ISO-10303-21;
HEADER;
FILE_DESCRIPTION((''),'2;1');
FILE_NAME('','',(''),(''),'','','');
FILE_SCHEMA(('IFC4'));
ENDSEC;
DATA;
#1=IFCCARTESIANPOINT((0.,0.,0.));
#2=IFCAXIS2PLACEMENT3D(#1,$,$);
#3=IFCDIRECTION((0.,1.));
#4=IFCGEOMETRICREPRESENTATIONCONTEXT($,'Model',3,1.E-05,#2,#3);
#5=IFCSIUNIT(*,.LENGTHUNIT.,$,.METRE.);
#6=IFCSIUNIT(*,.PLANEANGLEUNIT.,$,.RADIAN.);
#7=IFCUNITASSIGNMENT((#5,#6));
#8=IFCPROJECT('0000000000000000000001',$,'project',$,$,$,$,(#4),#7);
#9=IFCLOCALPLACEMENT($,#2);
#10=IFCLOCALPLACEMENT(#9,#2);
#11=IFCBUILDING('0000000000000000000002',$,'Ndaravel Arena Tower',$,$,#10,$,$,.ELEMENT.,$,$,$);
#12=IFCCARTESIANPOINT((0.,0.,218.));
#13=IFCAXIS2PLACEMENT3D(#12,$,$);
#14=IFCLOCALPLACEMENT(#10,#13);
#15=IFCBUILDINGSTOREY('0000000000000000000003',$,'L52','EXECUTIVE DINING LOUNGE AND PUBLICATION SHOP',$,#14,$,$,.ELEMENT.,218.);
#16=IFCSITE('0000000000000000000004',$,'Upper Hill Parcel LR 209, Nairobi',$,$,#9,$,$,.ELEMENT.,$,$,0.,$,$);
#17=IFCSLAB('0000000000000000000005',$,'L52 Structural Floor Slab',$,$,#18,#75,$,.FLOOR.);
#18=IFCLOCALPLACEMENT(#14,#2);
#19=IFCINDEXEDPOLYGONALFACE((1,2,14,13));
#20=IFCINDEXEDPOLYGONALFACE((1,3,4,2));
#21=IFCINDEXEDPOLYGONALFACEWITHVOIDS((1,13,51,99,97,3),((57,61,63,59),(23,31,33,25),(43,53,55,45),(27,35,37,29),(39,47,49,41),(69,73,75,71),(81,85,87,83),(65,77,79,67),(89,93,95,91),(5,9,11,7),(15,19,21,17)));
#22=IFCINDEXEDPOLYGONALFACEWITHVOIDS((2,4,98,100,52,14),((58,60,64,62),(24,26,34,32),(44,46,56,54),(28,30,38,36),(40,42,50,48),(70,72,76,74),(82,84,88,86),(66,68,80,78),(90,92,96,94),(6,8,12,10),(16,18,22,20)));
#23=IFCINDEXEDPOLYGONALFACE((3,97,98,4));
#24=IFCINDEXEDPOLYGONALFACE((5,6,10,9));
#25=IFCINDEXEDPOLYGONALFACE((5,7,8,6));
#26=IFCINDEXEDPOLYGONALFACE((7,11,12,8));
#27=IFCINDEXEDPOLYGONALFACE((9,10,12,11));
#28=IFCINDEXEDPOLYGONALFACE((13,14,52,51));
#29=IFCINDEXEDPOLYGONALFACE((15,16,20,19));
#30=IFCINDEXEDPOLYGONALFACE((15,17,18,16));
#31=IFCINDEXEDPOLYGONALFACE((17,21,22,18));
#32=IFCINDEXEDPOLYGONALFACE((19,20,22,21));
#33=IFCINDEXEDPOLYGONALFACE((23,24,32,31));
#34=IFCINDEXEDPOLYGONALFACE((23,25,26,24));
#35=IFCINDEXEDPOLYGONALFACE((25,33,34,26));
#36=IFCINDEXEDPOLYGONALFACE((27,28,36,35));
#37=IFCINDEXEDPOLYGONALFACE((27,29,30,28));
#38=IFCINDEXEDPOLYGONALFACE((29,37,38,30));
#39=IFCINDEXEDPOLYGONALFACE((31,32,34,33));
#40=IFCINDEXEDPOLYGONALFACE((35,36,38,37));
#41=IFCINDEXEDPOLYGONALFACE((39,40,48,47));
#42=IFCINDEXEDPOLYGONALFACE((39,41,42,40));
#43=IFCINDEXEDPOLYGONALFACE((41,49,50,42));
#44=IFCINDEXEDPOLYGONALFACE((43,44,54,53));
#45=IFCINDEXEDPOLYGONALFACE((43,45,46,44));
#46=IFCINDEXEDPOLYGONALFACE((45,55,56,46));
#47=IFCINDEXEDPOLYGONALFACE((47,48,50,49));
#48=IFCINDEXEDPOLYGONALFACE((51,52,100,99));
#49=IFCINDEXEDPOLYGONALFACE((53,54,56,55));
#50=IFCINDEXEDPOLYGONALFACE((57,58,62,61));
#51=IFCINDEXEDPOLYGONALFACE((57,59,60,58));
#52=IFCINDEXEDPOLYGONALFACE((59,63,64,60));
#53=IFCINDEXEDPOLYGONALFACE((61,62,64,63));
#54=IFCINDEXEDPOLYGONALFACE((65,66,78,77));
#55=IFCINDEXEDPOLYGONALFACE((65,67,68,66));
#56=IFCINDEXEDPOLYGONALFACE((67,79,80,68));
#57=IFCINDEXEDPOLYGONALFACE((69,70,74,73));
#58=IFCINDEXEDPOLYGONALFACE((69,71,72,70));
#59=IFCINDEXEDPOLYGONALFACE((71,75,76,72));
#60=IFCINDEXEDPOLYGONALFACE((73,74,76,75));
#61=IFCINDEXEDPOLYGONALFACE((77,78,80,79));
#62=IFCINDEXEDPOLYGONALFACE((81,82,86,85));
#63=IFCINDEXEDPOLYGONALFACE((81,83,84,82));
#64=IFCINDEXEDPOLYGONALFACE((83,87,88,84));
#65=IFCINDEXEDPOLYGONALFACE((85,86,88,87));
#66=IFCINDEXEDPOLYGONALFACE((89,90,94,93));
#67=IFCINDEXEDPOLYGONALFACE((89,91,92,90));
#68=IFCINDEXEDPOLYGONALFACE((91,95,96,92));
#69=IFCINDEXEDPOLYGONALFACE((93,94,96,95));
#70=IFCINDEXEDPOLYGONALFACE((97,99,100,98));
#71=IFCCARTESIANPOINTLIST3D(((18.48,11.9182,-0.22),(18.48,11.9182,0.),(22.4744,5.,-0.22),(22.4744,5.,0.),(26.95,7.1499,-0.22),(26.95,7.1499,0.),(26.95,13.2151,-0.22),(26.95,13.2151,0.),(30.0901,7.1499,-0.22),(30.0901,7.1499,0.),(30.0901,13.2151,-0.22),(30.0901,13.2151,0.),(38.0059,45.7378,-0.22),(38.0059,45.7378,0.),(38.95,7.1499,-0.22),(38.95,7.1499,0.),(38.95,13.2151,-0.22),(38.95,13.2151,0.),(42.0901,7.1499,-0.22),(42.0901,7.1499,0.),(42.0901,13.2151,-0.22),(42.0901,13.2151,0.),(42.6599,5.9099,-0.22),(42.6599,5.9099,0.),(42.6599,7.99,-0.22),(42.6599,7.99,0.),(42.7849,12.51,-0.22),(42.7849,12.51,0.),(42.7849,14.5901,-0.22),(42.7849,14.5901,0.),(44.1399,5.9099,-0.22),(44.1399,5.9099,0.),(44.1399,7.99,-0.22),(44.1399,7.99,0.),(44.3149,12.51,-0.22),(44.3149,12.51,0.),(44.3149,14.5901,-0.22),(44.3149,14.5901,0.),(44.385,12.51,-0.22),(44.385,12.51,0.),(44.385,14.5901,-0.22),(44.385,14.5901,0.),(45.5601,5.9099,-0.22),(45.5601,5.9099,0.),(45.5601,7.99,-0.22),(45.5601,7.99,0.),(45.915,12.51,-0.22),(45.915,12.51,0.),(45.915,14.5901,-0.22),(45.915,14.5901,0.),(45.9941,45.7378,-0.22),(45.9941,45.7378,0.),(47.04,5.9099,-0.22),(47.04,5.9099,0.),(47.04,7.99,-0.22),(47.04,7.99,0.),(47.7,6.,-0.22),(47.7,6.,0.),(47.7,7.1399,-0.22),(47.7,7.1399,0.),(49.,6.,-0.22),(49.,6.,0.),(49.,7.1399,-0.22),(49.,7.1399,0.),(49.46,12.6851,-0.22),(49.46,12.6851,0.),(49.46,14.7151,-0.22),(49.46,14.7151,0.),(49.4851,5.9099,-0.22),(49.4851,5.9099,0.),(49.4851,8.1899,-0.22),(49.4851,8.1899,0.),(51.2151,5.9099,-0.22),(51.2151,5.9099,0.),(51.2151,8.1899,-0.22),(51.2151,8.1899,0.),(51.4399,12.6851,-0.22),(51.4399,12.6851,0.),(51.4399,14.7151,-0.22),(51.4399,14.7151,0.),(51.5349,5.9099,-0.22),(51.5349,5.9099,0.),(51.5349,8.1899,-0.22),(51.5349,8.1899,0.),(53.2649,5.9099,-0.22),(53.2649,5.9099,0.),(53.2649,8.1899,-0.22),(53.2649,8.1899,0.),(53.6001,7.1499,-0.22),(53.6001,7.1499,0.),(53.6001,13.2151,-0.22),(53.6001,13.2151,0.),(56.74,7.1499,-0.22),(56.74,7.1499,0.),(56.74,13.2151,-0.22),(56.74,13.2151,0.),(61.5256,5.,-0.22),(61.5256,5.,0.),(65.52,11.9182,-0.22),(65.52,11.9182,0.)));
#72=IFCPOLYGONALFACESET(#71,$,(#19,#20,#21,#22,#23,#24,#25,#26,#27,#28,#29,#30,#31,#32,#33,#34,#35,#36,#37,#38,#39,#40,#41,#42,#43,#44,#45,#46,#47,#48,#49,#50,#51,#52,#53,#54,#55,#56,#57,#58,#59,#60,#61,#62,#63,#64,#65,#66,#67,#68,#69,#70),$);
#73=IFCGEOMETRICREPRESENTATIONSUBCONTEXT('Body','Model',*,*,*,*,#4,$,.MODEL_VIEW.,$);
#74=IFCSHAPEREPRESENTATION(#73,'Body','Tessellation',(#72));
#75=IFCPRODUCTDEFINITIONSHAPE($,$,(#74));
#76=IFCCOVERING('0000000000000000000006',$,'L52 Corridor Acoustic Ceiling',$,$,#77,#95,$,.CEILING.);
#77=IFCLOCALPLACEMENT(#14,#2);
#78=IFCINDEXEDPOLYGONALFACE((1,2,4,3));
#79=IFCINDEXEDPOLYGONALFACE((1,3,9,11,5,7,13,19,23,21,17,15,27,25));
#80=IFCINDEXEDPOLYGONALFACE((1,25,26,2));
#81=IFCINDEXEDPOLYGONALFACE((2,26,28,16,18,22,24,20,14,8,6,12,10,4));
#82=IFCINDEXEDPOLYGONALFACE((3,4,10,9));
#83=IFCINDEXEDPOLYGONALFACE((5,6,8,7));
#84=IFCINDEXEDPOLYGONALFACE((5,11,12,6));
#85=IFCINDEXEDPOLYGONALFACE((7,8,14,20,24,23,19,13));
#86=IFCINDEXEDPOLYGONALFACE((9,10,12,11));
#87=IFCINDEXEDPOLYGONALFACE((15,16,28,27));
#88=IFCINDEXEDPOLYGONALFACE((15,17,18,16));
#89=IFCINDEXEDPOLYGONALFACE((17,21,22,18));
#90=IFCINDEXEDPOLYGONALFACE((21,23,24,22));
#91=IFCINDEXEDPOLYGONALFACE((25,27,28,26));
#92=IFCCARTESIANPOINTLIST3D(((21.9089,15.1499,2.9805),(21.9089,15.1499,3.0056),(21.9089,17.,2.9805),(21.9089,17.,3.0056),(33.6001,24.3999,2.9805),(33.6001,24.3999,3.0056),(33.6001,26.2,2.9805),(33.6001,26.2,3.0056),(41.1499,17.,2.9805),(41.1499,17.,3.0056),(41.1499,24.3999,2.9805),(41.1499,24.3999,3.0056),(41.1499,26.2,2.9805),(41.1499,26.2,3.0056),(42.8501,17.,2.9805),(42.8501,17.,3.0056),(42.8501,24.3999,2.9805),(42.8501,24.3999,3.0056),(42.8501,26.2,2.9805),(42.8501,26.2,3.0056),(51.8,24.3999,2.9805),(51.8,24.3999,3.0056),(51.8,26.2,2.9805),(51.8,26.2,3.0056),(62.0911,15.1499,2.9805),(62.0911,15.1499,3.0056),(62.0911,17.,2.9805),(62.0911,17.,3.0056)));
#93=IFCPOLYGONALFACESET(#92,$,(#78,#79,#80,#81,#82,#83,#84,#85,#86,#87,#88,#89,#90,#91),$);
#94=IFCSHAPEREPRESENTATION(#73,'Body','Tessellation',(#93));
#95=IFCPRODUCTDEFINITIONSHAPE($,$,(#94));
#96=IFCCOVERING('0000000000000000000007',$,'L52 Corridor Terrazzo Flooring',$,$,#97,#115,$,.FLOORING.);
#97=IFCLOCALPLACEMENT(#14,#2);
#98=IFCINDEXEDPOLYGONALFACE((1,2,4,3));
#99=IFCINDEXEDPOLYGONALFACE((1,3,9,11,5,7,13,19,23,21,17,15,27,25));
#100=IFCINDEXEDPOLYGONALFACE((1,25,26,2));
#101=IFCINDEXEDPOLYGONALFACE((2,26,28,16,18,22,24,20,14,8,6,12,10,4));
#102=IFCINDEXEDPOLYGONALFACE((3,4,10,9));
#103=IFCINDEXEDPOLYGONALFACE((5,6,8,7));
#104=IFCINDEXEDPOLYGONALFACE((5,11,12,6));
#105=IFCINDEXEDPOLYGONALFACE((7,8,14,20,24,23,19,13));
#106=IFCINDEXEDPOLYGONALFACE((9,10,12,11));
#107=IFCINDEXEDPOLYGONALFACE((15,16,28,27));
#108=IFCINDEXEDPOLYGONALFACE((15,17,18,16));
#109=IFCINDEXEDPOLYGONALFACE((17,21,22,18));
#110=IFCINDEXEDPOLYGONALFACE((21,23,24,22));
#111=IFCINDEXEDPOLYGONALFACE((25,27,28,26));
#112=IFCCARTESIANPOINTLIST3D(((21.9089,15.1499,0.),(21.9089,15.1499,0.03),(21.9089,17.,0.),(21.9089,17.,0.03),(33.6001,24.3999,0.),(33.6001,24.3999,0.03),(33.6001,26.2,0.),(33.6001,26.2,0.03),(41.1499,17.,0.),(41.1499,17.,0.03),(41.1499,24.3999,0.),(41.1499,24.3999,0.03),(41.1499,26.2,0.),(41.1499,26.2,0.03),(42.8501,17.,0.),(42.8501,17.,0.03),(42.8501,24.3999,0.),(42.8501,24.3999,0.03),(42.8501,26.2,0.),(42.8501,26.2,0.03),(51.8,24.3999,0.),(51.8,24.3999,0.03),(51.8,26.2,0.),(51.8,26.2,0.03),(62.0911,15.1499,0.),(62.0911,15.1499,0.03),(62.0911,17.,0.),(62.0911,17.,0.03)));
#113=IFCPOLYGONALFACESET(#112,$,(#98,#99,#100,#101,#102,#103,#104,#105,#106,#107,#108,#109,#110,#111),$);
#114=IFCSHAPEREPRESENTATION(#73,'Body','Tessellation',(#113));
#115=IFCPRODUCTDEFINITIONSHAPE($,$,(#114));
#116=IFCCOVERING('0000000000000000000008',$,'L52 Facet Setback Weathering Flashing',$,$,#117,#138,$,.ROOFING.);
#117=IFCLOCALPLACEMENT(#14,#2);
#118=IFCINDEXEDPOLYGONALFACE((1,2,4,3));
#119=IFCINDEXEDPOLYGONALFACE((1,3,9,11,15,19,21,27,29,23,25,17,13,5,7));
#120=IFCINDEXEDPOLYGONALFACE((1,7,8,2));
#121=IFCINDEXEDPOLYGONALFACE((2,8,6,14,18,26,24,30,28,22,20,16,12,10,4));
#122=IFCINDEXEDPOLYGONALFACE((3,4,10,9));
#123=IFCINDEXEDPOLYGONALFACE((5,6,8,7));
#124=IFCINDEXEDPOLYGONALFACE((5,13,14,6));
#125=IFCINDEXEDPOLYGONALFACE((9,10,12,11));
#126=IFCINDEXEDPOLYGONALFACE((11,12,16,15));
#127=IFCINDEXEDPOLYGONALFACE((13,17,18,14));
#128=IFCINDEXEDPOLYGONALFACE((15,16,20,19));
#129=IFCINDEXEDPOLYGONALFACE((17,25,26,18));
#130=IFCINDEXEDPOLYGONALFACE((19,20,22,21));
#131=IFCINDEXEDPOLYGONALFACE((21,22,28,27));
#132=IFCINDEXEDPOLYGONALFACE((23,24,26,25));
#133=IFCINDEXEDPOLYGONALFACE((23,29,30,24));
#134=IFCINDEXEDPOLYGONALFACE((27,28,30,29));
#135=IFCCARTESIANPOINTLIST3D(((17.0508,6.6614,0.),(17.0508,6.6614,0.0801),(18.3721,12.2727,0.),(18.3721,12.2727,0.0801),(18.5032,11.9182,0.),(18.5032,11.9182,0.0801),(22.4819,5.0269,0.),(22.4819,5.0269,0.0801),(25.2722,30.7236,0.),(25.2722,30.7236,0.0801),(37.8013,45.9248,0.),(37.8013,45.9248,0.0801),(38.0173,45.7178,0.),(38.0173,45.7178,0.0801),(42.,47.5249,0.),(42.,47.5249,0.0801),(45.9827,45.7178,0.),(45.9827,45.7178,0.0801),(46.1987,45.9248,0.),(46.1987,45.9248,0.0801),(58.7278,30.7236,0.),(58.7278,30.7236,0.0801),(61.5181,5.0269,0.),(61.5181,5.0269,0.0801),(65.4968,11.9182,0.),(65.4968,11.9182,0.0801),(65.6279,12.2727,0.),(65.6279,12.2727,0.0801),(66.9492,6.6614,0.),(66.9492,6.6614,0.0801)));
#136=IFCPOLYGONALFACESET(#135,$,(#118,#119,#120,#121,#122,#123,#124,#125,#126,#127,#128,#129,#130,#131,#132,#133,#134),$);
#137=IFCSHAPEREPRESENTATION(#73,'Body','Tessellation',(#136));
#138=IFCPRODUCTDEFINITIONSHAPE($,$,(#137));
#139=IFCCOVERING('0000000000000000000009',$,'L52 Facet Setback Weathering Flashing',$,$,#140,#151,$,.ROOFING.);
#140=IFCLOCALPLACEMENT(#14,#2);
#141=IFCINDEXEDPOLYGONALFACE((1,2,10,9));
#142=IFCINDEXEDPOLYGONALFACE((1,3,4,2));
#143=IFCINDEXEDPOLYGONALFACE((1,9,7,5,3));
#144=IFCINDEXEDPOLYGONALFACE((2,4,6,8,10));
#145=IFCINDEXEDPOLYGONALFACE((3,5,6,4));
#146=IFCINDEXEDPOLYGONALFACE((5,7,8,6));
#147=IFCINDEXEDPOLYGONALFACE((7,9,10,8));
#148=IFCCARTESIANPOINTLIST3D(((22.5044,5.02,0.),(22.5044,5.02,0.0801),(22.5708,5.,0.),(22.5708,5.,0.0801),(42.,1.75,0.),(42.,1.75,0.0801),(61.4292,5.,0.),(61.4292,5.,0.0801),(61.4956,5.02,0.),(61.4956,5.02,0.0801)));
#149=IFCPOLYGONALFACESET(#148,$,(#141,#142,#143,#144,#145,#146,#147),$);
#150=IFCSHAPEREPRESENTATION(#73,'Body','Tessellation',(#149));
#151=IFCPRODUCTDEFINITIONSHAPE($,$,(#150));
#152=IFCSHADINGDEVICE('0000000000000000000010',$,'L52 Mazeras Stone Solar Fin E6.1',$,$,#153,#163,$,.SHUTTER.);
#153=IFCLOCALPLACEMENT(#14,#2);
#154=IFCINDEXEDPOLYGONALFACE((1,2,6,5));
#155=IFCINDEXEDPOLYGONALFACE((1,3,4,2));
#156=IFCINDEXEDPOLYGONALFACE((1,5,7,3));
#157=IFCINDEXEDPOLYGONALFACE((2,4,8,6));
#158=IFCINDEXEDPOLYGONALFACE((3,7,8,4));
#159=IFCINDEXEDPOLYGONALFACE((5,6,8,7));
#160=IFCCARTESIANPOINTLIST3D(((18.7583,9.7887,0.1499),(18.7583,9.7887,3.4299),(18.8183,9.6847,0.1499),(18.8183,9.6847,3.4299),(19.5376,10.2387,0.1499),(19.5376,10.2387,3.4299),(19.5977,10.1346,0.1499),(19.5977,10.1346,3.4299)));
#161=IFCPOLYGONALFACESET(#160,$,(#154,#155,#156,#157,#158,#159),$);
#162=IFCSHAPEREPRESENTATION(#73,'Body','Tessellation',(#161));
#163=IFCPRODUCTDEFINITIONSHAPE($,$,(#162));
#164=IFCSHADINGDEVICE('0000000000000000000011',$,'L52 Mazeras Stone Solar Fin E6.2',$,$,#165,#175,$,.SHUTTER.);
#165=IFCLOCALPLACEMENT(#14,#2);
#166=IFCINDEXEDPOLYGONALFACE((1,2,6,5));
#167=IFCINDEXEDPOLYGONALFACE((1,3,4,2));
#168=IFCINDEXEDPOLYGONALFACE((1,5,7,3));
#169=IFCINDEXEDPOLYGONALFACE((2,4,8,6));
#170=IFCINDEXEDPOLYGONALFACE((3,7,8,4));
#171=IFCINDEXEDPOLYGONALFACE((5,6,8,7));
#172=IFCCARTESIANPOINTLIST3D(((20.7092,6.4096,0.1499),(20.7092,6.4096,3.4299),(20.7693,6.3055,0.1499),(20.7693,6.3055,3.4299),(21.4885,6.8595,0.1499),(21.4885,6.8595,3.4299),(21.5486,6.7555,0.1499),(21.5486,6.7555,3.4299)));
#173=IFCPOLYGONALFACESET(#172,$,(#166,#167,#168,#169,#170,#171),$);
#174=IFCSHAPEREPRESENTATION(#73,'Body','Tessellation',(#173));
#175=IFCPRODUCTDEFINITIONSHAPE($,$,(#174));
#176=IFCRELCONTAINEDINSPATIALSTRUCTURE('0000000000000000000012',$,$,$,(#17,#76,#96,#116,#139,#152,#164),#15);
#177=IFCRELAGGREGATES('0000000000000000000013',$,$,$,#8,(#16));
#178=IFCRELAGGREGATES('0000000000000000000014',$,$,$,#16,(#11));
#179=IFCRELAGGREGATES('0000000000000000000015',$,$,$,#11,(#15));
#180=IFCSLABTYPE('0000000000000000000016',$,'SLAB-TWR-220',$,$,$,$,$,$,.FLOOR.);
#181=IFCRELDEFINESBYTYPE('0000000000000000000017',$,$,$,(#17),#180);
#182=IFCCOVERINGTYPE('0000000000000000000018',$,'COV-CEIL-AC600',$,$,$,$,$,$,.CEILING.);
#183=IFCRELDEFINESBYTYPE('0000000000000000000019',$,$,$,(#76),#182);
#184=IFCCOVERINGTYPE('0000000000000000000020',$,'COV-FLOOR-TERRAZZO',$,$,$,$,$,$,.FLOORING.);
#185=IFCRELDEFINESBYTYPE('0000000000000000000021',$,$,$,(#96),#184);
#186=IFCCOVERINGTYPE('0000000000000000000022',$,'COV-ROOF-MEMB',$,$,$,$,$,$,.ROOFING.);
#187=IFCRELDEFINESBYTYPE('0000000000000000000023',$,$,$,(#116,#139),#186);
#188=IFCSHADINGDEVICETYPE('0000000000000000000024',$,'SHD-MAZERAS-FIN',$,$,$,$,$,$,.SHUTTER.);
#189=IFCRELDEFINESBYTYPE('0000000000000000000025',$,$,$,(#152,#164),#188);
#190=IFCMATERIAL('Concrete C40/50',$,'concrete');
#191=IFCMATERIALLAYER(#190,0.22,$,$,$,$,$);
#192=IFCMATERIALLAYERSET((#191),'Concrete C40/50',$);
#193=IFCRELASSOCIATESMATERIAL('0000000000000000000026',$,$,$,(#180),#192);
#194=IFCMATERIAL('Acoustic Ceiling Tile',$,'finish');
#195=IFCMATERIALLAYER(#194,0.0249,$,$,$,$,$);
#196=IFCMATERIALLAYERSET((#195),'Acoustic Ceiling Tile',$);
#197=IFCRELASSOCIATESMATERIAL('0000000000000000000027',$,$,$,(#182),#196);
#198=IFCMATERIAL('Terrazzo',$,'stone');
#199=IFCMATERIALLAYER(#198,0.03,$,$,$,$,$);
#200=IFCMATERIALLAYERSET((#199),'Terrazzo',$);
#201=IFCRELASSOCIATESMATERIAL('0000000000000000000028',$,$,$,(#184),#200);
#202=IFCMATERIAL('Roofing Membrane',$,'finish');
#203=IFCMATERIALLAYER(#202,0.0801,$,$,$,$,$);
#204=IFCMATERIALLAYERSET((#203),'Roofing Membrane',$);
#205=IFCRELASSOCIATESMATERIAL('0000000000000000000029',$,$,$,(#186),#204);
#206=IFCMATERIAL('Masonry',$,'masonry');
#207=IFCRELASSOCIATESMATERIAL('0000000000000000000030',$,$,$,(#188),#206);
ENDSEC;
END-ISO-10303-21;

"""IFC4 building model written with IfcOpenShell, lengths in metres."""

from ifc_helpers import new_model, si_unit, direction, frame, origin, origin_2d, place, context, subcontext, project, spatial, polyline, rectangle, outline, extrude, material, layer, layer_set, type_object, element, save


model = new_model("IFC4")

# Units and contexts
model_context = context("Model", 3, precision=1e-05, world=origin(), true_north=direction((0.0, 1.0)))
body_context = subcontext(model_context, "Body", "Model", "MODEL_VIEW")
ifc_project = project(units=[si_unit("LENGTHUNIT", "METRE"), si_unit("PLANEANGLEUNIT", "RADIAN")], contexts=[model_context])

# Site, building, storey
site_placement = place(None, origin())
site = spatial("IfcSite", under=ifc_project, at=site_placement, Name="Upper Hill Parcel LR 209, Nairobi", CompositionType="ELEMENT", RefElevation=0.0)
building_placement = place(site_placement, origin())
building = spatial("IfcBuilding", under=site, at=building_placement, Name="Ndaravel Arena Tower", CompositionType="ELEMENT")
storey_placement = place(building_placement, frame((0.0, 0.0, 218.0)))
storey = spatial("IfcBuildingStorey", under=building, at=storey_placement, Name="L52", Description="EXECUTIVE DINING LOUNGE AND PUBLICATION SHOP", CompositionType="ELEMENT", Elevation=218.0)

# Slab
ifc_material_1 = material(Name="Concrete C40/50", Category="concrete")
ifc_layer_1 = layer(ifc_material_1, 0.22)
ifc_layer_set_1 = layer_set([ifc_layer_1], Name="Concrete C40/50")
slab_type_1 = type_object("IfcSlabType", Name="SLAB-TWR-220", PredefinedType="FLOOR", material=ifc_layer_set_1)
slab_1_placement = place(storey_placement, frame((0.0, 0.0, -0.22)))
element("IfcSlab", 1, at=slab_1_placement, inside=storey, type_object=slab_type_1, Name="L52 Structural Floor Slab", PredefinedType="FLOOR", context=body_context, shape_type="SweptSolid", body=[
    extrude(outline(polyline([(18.48, 11.9182), (22.4744, 5.0), (61.5256, 5.0), (65.52, 11.9182), (45.9941, 45.7378), (38.0059, 45.7378), (18.48, 11.9182)]), holes=[polyline([(26.95, 13.2151), (26.95, 7.1499), (30.0901, 7.1499), (30.0901, 13.2151), (26.95, 13.2151)]), polyline([(38.95, 13.2151), (38.95, 7.1499), (42.0901, 7.1499), (42.0901, 13.2151), (38.95, 13.2151)]), polyline([(53.6001, 13.2151), (53.6001, 7.1499), (56.74, 7.1499), (56.74, 13.2151), (53.6001, 13.2151)]), polyline([(42.6599, 5.9099), (44.1399, 5.9099), (44.1399, 7.99), (42.6599, 7.99), (42.6599, 5.9099)]), polyline([(45.5601, 5.9099), (47.04, 5.9099), (47.04, 7.99), (45.5601, 7.99), (45.5601, 5.9099)]), polyline([(42.7849, 12.51), (44.3149, 12.51), (44.3149, 14.5901), (42.7849, 14.5901), (42.7849, 12.51)]), polyline([(44.385, 12.51), (45.915, 12.51), (45.915, 14.5901), (44.385, 14.5901), (44.385, 12.51)]), polyline([(49.4851, 5.9099), (51.2151, 5.9099), (51.2151, 8.1899), (49.4851, 8.1899), (49.4851, 5.9099)]), polyline([(51.5349, 5.9099), (53.2649, 5.9099), (53.2649, 8.1899), (51.5349, 8.1899), (51.5349, 5.9099)]), polyline([(49.46, 12.6851), (51.4399, 12.6851), (51.4399, 14.7151), (49.46, 14.7151), (49.46, 12.6851)]), polyline([(47.7, 6.0), (49.0, 6.0), (49.0, 7.1399), (47.7, 7.1399), (47.7, 6.0)])]), origin(), (0.0, 0.0, 1.0), 0.22),
])

# Coverings
ifc_material_2 = material(Name="Acoustic Ceiling Tile", Category="finish")
ifc_layer_2 = layer(ifc_material_2, 0.0249)
ifc_layer_set_2 = layer_set([ifc_layer_2], Name="Acoustic Ceiling Tile")
covering_type_1 = type_object("IfcCoveringType", Name="COV-CEIL-AC600", PredefinedType="CEILING", material=ifc_layer_set_2)
covering_1_placement = place(storey_placement, frame((0.0, 0.0, 2.9805)))
element("IfcCovering", 2, at=covering_1_placement, inside=storey, type_object=covering_type_1, Name="L52 Corridor Acoustic Ceiling", PredefinedType="CEILING", context=body_context, shape_type="SweptSolid", body=[
    extrude(outline(polyline([(62.0911, 17.0), (42.8501, 17.0), (42.8501, 24.3999), (51.8, 24.3999), (51.8, 26.2), (42.8501, 26.2), (41.1499, 26.2), (33.6001, 26.2), (33.6001, 24.3999), (41.1499, 24.3999), (41.1499, 17.0), (21.9089, 17.0), (21.9089, 15.1499), (62.0911, 15.1499), (62.0911, 17.0)])), origin(), (0.0, 0.0, 1.0), 0.0251),
])
ifc_material_3 = material(Name="Terrazzo", Category="stone")
ifc_layer_3 = layer(ifc_material_3, 0.03)
ifc_layer_set_3 = layer_set([ifc_layer_3], Name="Terrazzo")
covering_type_2 = type_object("IfcCoveringType", Name="COV-FLOOR-TERRAZZO", PredefinedType="FLOORING", material=ifc_layer_set_3)
covering_2_placement = place(storey_placement, origin())
element("IfcCovering", 3, at=covering_2_placement, inside=storey, type_object=covering_type_2, Name="L52 Corridor Terrazzo Flooring", PredefinedType="FLOORING", context=body_context, shape_type="SweptSolid", body=[
    extrude(outline(polyline([(62.0911, 17.0), (42.8501, 17.0), (42.8501, 24.3999), (51.8, 24.3999), (51.8, 26.2), (42.8501, 26.2), (41.1499, 26.2), (33.6001, 26.2), (33.6001, 24.3999), (41.1499, 24.3999), (41.1499, 17.0), (21.9089, 17.0), (21.9089, 15.1499), (62.0911, 15.1499), (62.0911, 17.0)])), origin(), (0.0, 0.0, 1.0), 0.03),
])
ifc_material_4 = material(Name="Roofing Membrane", Category="finish")
ifc_layer_4 = layer(ifc_material_4, 0.0801)
ifc_layer_set_4 = layer_set([ifc_layer_4], Name="Roofing Membrane")
covering_type_3 = type_object("IfcCoveringType", Name="COV-ROOF-MEMB", PredefinedType="ROOFING", material=ifc_layer_set_4)
covering_3_placement = place(storey_placement, origin())
element("IfcCovering", 4, at=covering_3_placement, inside=storey, type_object=covering_type_3, Name="L52 Facet Setback Weathering Flashing", PredefinedType="ROOFING", context=body_context, shape_type="SweptSolid", body=[
    extrude(outline(polyline([(17.0508, 6.6614), (18.3721, 12.2727), (25.2722, 30.7236), (37.8013, 45.9248), (42.0, 47.5249), (46.1987, 45.9248), (58.7278, 30.7236), (65.6279, 12.2727), (66.9492, 6.6614), (61.5181, 5.0269), (65.4968, 11.9182), (45.9827, 45.7178), (38.0173, 45.7178), (18.5032, 11.9182), (22.4819, 5.0269), (17.0508, 6.6614)])), origin(), (0.0, 0.0, 1.0), 0.0801),
])
covering_4_placement = place(storey_placement, origin())
element("IfcCovering", 5, at=covering_4_placement, inside=storey, type_object=covering_type_3, Name="L52 Facet Setback Weathering Flashing", PredefinedType="ROOFING", context=body_context, shape_type="SweptSolid", body=[
    extrude(outline(polyline([(61.4292, 5.0), (42.0, 1.75), (22.5708, 5.0), (22.5044, 5.02), (61.4956, 5.02), (61.4292, 5.0)])), origin(), (0.0, 0.0, 1.0), 0.0801),
])

# Shading devices
ifc_material_5 = material(Name="Masonry", Category="masonry")
shading_device_type = type_object("IfcShadingDeviceType", Name="SHD-MAZERAS-FIN", PredefinedType="SHUTTER", material=ifc_material_5)
for number, where, z_axis, x_axis, name in (
    (6, (19.178, 9.9617, 0.1499), (0.0, 0.0, 1.0), (-0.866025, -0.5, 0.0), "L52 Mazeras Stone Solar Fin E6.1"),
    (7, (21.1289, 6.5825, 0.1499), (0.0, 0.0, 1.0), (-0.866025, -0.5, 0.0), "L52 Mazeras Stone Solar Fin E6.2"),
):
    element("IfcShadingDevice", number, at=place(storey_placement, frame(where, z_axis=z_axis, x_axis=x_axis)), inside=storey, type_object=shading_device_type, Name=name, PredefinedType="SHUTTER", context=body_context, shape_type="SweptSolid", body=[
        extrude(rectangle(XDim=0.8999, YDim=0.1201, at=origin_2d()), origin(), (0.0, 0.0, 1.0), 3.28),
    ])

save(model, "model.ifc")
